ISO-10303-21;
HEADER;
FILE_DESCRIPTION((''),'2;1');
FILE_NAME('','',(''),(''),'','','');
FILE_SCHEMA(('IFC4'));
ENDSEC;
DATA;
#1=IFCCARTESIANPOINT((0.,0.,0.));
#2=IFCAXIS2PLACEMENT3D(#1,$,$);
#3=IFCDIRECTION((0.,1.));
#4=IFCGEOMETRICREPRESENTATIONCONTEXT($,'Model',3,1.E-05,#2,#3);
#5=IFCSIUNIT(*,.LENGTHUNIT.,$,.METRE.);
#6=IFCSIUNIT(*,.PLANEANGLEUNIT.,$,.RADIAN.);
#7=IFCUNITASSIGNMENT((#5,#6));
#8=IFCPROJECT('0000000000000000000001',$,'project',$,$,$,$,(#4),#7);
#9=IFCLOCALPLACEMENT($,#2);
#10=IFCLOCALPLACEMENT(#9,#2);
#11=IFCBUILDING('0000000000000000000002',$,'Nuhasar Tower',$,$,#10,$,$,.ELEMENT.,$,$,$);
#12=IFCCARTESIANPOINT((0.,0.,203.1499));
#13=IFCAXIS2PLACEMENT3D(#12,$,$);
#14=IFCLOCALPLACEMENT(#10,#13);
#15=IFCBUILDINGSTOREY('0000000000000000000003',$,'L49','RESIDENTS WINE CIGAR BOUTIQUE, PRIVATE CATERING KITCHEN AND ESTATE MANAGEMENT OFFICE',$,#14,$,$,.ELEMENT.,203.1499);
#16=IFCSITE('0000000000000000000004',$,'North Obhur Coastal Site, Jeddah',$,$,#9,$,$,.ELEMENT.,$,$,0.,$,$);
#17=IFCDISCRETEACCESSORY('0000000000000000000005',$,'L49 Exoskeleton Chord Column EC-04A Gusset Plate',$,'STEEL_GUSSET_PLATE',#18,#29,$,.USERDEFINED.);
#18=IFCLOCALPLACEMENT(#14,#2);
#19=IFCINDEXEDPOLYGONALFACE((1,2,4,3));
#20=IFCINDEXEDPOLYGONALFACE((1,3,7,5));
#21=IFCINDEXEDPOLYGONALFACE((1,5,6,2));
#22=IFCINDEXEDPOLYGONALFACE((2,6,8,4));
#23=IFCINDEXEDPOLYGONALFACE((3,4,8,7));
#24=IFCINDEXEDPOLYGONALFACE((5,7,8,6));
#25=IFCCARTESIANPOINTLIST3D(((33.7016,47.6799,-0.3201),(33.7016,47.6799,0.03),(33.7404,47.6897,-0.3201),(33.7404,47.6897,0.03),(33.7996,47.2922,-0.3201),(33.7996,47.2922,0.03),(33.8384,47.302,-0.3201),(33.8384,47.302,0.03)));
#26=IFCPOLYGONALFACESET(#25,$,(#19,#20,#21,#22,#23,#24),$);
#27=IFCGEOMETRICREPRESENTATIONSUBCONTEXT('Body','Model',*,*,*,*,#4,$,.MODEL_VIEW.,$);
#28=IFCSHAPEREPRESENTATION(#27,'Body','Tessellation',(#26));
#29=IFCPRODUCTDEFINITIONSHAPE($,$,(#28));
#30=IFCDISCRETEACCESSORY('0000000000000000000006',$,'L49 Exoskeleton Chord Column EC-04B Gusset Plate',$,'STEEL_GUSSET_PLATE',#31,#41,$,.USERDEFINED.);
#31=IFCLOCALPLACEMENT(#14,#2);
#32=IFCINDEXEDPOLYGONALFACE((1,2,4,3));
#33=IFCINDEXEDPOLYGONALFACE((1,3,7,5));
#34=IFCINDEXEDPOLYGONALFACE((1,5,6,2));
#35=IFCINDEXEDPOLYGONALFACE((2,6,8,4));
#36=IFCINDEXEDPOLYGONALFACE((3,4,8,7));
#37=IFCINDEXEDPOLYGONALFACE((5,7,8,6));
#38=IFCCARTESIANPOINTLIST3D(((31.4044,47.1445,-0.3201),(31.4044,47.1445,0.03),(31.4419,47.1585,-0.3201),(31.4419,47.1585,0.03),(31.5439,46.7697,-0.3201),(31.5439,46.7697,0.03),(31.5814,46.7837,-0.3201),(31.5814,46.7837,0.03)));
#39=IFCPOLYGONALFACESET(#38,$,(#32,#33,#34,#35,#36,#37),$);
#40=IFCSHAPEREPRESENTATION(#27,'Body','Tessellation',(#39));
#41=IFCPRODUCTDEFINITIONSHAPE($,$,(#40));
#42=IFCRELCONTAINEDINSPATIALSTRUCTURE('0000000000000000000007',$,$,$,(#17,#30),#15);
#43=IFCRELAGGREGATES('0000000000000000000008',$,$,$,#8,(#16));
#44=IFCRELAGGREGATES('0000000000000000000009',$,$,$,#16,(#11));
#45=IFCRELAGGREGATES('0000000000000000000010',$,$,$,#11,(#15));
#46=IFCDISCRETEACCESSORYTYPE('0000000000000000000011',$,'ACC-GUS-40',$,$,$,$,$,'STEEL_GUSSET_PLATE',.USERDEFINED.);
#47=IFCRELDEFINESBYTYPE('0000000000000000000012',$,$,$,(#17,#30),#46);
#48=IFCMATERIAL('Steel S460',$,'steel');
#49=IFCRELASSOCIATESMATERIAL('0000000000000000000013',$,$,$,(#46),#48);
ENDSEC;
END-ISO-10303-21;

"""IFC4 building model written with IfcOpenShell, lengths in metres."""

from ifc_helpers import new_model, si_unit, direction, frame, origin, origin_2d, place, context, subcontext, project, spatial, rectangle, extrude, material, type_object, element, save


model = new_model("IFC4")

# Units and contexts
model_context = context("Model", 3, precision=1e-05, world=origin(), true_north=direction((0.0, 1.0)))
body_context = subcontext(model_context, "Body", "Model", "MODEL_VIEW")
ifc_project = project(units=[si_unit("LENGTHUNIT", "METRE"), si_unit("PLANEANGLEUNIT", "RADIAN")], contexts=[model_context])

# Site, building, storey
site_placement = place(None, origin())
site = spatial("IfcSite", under=ifc_project, at=site_placement, Name="North Obhur Coastal Site, Jeddah", CompositionType="ELEMENT", RefElevation=0.0)
building_placement = place(site_placement, origin())
building = spatial("IfcBuilding", under=site, at=building_placement, Name="Nuhasar Tower", CompositionType="ELEMENT")
storey_placement = place(building_placement, frame((0.0, 0.0, 203.1499)))
storey = spatial("IfcBuildingStorey", under=building, at=storey_placement, Name="L49", Description="RESIDENTS WINE CIGAR BOUTIQUE, PRIVATE CATERING KITCHEN AND ESTATE MANAGEMENT OFFICE", CompositionType="ELEMENT", Elevation=203.1499)

# Shared definitions
ifc_material_1 = material(Name="Steel S460", Category="steel")

# Discrete accessories
discrete_accessory_type = type_object("IfcDiscreteAccessoryType", Name="ACC-GUS-40", ElementType="STEEL_GUSSET_PLATE", PredefinedType="USERDEFINED", material=ifc_material_1)
for number, where, z_axis, x_axis, name in (
    (1, (33.77, 47.491, -0.3201), (0.0, 0.0, 1.0), (-0.245037, 0.969514, 0.0), "L49 Exoskeleton Chord Column EC-04A Gusset Plate"),
    (2, (31.4929, 46.9641, -0.3201), (0.0, 0.0, 1.0), (-0.348916, 0.937154, 0.0), "L49 Exoskeleton Chord Column EC-04B Gusset Plate"),
):
    element("IfcDiscreteAccessory", number, at=place(storey_placement, frame(where, z_axis=z_axis, x_axis=x_axis)), inside=storey, type_object=discrete_accessory_type, Name=name, ObjectType="STEEL_GUSSET_PLATE", PredefinedType="USERDEFINED", context=body_context, shape_type="SweptSolid", body=[
        extrude(rectangle(XDim=0.3999, YDim=0.04, at=origin_2d()), origin(), (0.0, 0.0, 1.0), 0.3501),
    ])

save(model, "model.ifc")
